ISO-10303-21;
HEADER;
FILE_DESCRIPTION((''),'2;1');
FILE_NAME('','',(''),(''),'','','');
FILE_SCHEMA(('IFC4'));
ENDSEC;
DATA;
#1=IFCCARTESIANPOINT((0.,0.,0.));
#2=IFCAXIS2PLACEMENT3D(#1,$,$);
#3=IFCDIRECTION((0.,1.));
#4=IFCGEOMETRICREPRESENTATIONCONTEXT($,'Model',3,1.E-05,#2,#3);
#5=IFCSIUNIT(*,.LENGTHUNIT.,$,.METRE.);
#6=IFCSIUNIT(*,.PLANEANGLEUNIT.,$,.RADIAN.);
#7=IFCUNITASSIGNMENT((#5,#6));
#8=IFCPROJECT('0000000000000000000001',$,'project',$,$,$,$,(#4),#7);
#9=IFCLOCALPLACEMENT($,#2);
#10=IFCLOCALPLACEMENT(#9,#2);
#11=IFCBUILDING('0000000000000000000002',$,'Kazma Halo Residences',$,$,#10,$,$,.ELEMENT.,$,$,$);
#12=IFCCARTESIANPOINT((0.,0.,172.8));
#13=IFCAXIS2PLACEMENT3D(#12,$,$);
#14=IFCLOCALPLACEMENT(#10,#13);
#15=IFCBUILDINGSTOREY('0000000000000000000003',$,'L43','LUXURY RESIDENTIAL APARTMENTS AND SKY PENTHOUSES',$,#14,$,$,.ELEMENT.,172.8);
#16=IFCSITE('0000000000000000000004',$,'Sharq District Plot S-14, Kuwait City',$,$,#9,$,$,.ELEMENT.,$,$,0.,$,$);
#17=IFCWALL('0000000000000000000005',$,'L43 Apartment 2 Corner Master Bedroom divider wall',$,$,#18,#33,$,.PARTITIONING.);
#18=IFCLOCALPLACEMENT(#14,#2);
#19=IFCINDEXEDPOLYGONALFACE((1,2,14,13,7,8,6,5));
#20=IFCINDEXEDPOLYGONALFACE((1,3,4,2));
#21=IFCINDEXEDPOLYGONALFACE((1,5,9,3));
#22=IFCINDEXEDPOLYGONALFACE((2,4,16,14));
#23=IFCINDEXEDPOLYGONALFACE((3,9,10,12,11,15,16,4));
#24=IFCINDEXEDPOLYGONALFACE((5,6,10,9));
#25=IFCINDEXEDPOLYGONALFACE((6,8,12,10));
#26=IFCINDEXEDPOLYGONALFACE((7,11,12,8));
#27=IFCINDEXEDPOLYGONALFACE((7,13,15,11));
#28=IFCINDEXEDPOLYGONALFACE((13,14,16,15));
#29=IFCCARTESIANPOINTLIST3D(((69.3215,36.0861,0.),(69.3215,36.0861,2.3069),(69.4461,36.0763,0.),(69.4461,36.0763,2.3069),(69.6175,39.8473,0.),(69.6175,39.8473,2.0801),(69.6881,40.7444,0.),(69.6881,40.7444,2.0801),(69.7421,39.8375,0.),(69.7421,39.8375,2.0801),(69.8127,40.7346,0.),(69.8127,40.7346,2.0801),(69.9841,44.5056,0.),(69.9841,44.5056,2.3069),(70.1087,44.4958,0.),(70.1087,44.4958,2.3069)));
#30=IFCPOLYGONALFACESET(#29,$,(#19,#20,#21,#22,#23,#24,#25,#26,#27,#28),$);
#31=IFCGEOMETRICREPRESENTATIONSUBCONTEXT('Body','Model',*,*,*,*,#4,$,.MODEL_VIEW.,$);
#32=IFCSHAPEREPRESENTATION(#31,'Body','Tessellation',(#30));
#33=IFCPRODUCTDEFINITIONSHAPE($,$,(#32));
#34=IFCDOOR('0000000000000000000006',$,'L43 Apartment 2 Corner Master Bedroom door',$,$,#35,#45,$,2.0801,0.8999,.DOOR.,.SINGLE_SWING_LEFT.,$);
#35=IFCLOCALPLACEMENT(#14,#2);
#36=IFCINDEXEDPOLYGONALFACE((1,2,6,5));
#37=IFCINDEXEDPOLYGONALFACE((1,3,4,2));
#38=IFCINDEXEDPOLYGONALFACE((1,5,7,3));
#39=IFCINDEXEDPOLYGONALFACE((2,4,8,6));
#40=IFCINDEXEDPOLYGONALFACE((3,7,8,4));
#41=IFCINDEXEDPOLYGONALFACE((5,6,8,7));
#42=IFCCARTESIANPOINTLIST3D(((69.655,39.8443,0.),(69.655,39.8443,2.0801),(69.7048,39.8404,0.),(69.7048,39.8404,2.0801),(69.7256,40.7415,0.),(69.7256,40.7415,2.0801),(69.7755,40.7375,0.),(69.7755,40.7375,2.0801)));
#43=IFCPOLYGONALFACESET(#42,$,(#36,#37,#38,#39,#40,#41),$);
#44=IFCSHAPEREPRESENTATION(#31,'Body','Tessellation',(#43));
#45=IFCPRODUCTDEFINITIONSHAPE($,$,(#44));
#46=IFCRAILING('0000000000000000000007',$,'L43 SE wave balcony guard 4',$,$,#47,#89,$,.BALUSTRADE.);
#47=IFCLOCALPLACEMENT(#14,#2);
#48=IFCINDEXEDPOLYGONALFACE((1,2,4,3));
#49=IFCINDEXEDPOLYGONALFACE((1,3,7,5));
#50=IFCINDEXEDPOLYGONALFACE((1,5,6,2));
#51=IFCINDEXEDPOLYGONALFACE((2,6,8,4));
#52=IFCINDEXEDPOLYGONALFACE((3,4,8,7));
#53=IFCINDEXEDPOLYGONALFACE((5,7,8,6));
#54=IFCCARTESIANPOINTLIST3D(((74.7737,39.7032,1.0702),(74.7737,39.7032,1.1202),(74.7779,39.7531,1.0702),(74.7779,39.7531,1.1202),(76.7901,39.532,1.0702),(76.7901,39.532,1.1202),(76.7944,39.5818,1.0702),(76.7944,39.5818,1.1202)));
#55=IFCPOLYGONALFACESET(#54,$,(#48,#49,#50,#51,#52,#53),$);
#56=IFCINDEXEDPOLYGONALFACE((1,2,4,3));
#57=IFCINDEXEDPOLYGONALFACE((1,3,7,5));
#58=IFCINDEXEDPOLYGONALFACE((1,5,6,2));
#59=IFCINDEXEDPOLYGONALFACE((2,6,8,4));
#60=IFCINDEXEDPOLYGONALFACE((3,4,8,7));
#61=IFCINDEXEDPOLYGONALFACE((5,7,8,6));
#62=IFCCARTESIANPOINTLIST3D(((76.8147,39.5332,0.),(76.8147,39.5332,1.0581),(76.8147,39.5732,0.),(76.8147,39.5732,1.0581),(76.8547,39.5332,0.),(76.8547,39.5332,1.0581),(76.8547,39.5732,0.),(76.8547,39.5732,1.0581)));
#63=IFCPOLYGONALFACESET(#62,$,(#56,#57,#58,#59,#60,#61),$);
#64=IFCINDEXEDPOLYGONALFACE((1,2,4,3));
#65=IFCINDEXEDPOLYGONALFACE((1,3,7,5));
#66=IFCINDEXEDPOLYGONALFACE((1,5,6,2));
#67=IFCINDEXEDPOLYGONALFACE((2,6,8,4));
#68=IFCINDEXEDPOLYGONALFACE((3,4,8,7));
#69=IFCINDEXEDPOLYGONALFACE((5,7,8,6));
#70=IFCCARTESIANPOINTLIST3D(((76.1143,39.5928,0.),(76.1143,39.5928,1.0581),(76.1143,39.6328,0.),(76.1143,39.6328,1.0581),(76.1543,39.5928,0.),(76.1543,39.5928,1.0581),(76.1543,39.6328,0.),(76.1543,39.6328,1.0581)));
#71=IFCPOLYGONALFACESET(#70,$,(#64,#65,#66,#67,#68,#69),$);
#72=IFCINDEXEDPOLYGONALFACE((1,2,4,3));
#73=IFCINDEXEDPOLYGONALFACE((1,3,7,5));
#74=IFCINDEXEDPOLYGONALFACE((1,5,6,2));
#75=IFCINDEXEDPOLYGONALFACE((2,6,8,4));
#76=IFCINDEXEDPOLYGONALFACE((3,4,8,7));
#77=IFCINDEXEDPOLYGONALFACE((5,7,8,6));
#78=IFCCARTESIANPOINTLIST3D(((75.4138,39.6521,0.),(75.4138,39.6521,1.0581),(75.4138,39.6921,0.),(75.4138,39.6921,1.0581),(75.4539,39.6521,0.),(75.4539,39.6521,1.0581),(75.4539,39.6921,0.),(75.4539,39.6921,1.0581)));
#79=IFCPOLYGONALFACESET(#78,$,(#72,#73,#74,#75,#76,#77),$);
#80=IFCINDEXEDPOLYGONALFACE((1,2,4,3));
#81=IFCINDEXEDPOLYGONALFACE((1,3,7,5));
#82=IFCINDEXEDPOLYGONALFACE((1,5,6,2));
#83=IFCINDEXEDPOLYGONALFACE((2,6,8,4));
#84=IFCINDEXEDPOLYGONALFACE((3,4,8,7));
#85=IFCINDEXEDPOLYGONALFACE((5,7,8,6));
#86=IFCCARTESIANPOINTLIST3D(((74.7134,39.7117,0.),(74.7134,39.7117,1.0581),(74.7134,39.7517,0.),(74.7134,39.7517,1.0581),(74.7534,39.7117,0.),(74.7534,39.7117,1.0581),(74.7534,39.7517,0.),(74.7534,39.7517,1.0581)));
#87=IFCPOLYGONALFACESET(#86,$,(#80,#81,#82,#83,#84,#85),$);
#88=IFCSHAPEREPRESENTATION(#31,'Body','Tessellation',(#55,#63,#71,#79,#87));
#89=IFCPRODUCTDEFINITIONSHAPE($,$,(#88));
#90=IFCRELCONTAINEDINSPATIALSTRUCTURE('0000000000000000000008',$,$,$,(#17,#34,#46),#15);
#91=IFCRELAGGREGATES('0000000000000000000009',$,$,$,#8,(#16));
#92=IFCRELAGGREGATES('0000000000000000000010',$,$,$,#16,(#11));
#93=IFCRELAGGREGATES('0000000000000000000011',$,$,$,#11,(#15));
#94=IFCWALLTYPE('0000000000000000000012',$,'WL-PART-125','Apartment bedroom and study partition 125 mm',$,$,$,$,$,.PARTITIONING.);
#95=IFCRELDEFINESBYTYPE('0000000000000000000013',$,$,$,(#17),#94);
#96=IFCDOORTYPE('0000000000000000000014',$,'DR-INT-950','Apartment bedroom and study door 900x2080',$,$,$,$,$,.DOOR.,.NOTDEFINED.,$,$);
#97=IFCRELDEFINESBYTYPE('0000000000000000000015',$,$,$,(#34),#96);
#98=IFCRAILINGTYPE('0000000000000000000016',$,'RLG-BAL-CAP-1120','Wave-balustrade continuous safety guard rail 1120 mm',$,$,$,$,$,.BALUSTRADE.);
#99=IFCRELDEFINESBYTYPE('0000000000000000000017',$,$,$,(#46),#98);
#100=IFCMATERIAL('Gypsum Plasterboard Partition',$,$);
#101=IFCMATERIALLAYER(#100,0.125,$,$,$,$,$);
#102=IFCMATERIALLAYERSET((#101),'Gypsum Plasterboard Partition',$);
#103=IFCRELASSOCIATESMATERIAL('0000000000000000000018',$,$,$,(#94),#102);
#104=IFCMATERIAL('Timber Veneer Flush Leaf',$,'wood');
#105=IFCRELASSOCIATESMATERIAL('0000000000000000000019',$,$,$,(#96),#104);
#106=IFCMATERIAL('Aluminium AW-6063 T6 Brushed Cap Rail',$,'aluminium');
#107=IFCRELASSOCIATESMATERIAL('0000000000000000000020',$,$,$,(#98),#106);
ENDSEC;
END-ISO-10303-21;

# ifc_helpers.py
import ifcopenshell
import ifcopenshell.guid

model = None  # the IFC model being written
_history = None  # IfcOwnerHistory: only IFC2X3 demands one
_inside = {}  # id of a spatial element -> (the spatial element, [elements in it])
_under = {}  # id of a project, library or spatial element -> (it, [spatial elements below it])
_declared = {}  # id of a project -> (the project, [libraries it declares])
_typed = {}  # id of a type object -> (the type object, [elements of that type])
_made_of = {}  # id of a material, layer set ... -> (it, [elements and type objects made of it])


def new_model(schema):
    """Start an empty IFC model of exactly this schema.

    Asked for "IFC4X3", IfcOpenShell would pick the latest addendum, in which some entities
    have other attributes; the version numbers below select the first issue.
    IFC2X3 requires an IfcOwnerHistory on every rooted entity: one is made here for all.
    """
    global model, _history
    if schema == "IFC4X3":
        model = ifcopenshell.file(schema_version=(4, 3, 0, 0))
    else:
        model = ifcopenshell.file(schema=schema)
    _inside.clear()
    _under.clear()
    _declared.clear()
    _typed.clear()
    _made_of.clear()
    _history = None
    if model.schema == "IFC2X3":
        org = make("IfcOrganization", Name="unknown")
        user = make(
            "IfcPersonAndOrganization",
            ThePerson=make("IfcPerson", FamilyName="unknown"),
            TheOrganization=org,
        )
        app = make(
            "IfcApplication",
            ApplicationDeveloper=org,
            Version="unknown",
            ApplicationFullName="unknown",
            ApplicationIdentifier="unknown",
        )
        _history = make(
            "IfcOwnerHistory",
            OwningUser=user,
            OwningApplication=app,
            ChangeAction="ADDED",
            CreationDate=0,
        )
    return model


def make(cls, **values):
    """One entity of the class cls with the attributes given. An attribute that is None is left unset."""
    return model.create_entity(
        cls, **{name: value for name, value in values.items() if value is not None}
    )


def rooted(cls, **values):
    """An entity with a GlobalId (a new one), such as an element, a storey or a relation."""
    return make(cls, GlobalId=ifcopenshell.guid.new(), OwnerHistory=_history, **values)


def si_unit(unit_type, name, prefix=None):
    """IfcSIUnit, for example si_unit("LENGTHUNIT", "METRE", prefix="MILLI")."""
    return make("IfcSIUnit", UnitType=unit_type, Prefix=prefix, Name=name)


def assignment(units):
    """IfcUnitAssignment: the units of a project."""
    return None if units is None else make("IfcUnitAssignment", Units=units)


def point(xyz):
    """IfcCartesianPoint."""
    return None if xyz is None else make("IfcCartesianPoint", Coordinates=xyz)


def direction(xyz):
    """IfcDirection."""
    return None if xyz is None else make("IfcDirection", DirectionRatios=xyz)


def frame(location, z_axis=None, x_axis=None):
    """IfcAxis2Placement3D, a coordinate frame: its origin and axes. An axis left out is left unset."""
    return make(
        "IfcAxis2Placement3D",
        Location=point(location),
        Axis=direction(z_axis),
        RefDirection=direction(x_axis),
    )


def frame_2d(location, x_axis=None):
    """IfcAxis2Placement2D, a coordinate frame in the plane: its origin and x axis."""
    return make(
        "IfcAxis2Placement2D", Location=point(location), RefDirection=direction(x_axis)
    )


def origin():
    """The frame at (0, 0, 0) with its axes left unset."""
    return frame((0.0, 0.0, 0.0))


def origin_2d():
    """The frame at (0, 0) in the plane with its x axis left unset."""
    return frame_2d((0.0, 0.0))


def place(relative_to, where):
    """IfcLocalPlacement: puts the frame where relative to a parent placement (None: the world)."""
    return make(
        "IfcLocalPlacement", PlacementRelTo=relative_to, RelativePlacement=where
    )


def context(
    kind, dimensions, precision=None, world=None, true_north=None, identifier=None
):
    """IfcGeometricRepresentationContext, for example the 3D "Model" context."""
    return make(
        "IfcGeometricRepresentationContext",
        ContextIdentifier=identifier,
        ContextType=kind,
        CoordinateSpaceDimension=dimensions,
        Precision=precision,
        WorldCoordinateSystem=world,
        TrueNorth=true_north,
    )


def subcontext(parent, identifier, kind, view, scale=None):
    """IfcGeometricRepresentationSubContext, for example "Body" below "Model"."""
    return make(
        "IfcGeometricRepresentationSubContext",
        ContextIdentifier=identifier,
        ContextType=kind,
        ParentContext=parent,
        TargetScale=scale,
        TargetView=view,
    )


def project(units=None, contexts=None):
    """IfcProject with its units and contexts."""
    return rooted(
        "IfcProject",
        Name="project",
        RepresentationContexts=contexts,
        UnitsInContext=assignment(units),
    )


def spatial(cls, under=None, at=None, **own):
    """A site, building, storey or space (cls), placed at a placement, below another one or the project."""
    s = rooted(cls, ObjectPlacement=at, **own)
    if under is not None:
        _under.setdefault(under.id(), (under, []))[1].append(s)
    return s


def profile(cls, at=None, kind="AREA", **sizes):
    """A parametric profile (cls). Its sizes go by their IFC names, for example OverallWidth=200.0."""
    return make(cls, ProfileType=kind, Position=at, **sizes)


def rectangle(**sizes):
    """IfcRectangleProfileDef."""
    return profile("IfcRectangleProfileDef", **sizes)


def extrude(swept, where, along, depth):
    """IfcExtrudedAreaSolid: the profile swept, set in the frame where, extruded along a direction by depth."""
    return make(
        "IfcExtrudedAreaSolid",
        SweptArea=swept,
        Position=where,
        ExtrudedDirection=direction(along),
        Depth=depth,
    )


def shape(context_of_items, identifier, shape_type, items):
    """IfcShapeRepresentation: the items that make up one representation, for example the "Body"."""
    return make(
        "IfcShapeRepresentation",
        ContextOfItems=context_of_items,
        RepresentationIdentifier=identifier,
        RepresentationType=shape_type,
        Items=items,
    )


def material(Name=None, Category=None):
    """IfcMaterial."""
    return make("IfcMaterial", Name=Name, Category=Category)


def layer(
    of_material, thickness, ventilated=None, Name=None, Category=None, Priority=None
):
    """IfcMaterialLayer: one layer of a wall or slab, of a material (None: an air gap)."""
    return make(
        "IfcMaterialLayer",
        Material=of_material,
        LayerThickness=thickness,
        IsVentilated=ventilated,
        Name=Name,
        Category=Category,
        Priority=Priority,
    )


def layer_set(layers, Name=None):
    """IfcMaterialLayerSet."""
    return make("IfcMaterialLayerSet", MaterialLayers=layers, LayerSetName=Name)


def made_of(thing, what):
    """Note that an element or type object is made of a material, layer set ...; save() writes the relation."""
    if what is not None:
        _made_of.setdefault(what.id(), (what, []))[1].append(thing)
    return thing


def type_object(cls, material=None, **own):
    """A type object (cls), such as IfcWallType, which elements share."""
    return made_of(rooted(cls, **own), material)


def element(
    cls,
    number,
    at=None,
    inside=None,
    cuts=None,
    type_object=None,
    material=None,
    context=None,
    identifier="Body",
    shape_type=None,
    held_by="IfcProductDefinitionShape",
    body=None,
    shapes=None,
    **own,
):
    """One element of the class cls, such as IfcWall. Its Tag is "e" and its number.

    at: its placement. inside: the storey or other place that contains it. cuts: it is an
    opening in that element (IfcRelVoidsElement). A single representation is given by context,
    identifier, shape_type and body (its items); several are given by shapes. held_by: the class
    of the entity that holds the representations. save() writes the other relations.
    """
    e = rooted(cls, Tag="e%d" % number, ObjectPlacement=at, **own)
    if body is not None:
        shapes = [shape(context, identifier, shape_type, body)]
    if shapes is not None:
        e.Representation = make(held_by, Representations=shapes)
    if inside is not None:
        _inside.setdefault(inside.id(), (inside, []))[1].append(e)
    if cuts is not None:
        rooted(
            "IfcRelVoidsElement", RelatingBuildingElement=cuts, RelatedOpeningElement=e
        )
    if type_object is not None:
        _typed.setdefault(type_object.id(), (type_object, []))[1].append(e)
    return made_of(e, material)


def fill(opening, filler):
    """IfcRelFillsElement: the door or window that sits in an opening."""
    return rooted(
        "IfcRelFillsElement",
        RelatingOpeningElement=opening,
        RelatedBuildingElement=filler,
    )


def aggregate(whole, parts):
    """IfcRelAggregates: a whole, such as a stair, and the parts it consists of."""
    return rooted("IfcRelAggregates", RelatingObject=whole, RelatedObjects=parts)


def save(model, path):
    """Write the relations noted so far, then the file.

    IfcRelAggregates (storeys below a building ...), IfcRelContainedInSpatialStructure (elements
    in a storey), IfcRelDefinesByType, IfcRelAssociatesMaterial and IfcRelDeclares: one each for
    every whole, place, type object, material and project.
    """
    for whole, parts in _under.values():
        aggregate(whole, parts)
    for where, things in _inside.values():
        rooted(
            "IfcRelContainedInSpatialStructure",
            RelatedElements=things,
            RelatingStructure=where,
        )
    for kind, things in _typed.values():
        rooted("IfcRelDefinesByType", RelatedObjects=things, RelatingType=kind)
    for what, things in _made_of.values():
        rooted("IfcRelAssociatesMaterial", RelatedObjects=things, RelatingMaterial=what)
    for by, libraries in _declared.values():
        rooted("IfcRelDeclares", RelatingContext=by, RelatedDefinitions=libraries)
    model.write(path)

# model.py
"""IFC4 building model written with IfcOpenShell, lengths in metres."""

from ifc_helpers import new_model, si_unit, direction, frame, frame_2d, origin, origin_2d, place, context, subcontext, project, spatial, rectangle, extrude, material, layer, layer_set, type_object, element, fill, save


model = new_model("IFC4")

# Units and contexts
model_context = context("Model", 3, precision=1e-05, world=origin(), true_north=direction((0.0, 1.0)))
body_context = subcontext(model_context, "Body", "Model", "MODEL_VIEW")
ifc_project = project(units=[si_unit("LENGTHUNIT", "METRE"), si_unit("PLANEANGLEUNIT", "RADIAN")], contexts=[model_context])

# Site, building, storey
site_placement = place(None, origin())
site = spatial("IfcSite", under=ifc_project, at=site_placement, Name="Sharq District Plot S-14, Kuwait City", CompositionType="ELEMENT", RefElevation=0.0)
building_placement = place(site_placement, origin())
building = spatial("IfcBuilding", under=site, at=building_placement, Name="Kazma Halo Residences", CompositionType="ELEMENT")
storey_placement = place(building_placement, frame((0.0, 0.0, 172.8)))
storey = spatial("IfcBuildingStorey", under=building, at=storey_placement, Name="L43", Description="LUXURY RESIDENTIAL APARTMENTS AND SKY PENTHOUSES", CompositionType="ELEMENT", Elevation=172.8)

# Shared definitions
ifc_material_1 = material(Name="Gypsum Plasterboard Partition")
ifc_layer_1 = layer(ifc_material_1, 0.125)
ifc_layer_set_1 = layer_set([ifc_layer_1], Name="Gypsum Plasterboard Partition")
wall_type_1 = type_object("IfcWallType", Name="WL-PART-125", Description="Apartment bedroom and study partition 125 mm", PredefinedType="PARTITIONING", material=ifc_layer_set_1)

# Wall, opening, door
ifc_material_2 = material(Name="Timber Veneer Flush Leaf", Category="wood")
door_type = type_object("IfcDoorType", Name="DR-INT-950", Description="Apartment bedroom and study door 900x2080", OperationType="NOTDEFINED", PredefinedType="DOOR", material=ifc_material_2)
wall_1_placement = place(storey_placement, frame((69.3838, 36.0813, 0.0), z_axis=(0.0, 0.0, 1.0), x_axis=(0.078456, 0.996918, 0.0)))
wall_1 = element("IfcWall", 1, at=wall_1_placement, inside=storey, type_object=wall_type_1, Name="L43 Apartment 2 Corner Master Bedroom divider wall", PredefinedType="PARTITIONING", context=body_context, shape_type="SweptSolid", body=[
    extrude(rectangle(XDim=8.4456, YDim=0.125, at=frame_2d((4.2227, 0.0))), origin(), (0.0, 0.0, 1.0), 2.3069),
])
opening_1_placement = place(wall_1_placement, frame((3.7727, 0.0, 0.0)))
opening_1 = element("IfcOpeningElement", 2, at=opening_1_placement, cuts=wall_1, PredefinedType="OPENING", context=body_context, shape_type="SweptSolid", body=[
    extrude(rectangle(XDim=0.8999, YDim=2.0801, at=frame_2d((0.45, 1.04))), frame((0.0, 0.0725, 0.0), z_axis=(0.0, -1.0, 0.0), x_axis=(1.0, 0.0, 0.0)), (0.0, 0.0, 1.0), 0.145),
])
door_1_placement = place(opening_1_placement, origin())
door_1 = element("IfcDoor", 3, at=door_1_placement, inside=storey, type_object=door_type, Name="L43 Apartment 2 Corner Master Bedroom door", OperationType="SINGLE_SWING_LEFT", OverallHeight=2.0801, OverallWidth=0.8999, PredefinedType="DOOR", context=body_context, shape_type="SweptSolid", body=[
    extrude(rectangle(XDim=0.8999, YDim=2.0801, at=frame_2d((0.45, 1.04))), frame((0.0, 0.0249, 0.0), z_axis=(0.0, -1.0, 0.0), x_axis=(1.0, 0.0, 0.0)), (0.0, 0.0, 1.0), 0.05),
])
fill(opening_1, door_1)

# Railing
ifc_material_3 = material(Name="Aluminium AW-6063 T6 Brushed Cap Rail", Category="aluminium")
railing_type = type_object("IfcRailingType", Name="RLG-BAL-CAP-1120", Description="Wave-balustrade continuous safety guard rail 1120 mm", PredefinedType="BALUSTRADE", material=ifc_material_3)
railing_placement = place(storey_placement, frame((76.8347, 39.5532, 0.0)))
element("IfcRailing", 4, at=railing_placement, inside=storey, type_object=railing_type, Name="L43 SE wave balcony guard 4", PredefinedType="BALUSTRADE", context=body_context, shape_type="SweptSolid", body=[
    extrude(rectangle(XDim=0.05, YDim=0.05, at=origin_2d()), frame((-0.0425, 0.0037, 1.0952), z_axis=(-0.996413, 0.084626, 0.0), x_axis=(-0.084626, -0.996413, 0.0)), (0.0, 0.0, 1.0), 2.0237),
    extrude(rectangle(XDim=0.04, YDim=0.04, at=origin_2d()), origin(), (0.0, 0.0, 1.0), 1.0581),
    extrude(rectangle(XDim=0.04, YDim=0.04, at=origin_2d()), frame((-0.7004, 0.0596, 0.0)), (0.0, 0.0, 1.0), 1.0581),
    extrude(rectangle(XDim=0.04, YDim=0.04, at=origin_2d()), frame((-1.4009, 0.1189, 0.0)), (0.0, 0.0, 1.0), 1.0581),
    extrude(rectangle(XDim=0.04, YDim=0.04, at=origin_2d()), frame((-2.1013, 0.1785, 0.0)), (0.0, 0.0, 1.0), 1.0581),
])

save(model, "model.ifc")
